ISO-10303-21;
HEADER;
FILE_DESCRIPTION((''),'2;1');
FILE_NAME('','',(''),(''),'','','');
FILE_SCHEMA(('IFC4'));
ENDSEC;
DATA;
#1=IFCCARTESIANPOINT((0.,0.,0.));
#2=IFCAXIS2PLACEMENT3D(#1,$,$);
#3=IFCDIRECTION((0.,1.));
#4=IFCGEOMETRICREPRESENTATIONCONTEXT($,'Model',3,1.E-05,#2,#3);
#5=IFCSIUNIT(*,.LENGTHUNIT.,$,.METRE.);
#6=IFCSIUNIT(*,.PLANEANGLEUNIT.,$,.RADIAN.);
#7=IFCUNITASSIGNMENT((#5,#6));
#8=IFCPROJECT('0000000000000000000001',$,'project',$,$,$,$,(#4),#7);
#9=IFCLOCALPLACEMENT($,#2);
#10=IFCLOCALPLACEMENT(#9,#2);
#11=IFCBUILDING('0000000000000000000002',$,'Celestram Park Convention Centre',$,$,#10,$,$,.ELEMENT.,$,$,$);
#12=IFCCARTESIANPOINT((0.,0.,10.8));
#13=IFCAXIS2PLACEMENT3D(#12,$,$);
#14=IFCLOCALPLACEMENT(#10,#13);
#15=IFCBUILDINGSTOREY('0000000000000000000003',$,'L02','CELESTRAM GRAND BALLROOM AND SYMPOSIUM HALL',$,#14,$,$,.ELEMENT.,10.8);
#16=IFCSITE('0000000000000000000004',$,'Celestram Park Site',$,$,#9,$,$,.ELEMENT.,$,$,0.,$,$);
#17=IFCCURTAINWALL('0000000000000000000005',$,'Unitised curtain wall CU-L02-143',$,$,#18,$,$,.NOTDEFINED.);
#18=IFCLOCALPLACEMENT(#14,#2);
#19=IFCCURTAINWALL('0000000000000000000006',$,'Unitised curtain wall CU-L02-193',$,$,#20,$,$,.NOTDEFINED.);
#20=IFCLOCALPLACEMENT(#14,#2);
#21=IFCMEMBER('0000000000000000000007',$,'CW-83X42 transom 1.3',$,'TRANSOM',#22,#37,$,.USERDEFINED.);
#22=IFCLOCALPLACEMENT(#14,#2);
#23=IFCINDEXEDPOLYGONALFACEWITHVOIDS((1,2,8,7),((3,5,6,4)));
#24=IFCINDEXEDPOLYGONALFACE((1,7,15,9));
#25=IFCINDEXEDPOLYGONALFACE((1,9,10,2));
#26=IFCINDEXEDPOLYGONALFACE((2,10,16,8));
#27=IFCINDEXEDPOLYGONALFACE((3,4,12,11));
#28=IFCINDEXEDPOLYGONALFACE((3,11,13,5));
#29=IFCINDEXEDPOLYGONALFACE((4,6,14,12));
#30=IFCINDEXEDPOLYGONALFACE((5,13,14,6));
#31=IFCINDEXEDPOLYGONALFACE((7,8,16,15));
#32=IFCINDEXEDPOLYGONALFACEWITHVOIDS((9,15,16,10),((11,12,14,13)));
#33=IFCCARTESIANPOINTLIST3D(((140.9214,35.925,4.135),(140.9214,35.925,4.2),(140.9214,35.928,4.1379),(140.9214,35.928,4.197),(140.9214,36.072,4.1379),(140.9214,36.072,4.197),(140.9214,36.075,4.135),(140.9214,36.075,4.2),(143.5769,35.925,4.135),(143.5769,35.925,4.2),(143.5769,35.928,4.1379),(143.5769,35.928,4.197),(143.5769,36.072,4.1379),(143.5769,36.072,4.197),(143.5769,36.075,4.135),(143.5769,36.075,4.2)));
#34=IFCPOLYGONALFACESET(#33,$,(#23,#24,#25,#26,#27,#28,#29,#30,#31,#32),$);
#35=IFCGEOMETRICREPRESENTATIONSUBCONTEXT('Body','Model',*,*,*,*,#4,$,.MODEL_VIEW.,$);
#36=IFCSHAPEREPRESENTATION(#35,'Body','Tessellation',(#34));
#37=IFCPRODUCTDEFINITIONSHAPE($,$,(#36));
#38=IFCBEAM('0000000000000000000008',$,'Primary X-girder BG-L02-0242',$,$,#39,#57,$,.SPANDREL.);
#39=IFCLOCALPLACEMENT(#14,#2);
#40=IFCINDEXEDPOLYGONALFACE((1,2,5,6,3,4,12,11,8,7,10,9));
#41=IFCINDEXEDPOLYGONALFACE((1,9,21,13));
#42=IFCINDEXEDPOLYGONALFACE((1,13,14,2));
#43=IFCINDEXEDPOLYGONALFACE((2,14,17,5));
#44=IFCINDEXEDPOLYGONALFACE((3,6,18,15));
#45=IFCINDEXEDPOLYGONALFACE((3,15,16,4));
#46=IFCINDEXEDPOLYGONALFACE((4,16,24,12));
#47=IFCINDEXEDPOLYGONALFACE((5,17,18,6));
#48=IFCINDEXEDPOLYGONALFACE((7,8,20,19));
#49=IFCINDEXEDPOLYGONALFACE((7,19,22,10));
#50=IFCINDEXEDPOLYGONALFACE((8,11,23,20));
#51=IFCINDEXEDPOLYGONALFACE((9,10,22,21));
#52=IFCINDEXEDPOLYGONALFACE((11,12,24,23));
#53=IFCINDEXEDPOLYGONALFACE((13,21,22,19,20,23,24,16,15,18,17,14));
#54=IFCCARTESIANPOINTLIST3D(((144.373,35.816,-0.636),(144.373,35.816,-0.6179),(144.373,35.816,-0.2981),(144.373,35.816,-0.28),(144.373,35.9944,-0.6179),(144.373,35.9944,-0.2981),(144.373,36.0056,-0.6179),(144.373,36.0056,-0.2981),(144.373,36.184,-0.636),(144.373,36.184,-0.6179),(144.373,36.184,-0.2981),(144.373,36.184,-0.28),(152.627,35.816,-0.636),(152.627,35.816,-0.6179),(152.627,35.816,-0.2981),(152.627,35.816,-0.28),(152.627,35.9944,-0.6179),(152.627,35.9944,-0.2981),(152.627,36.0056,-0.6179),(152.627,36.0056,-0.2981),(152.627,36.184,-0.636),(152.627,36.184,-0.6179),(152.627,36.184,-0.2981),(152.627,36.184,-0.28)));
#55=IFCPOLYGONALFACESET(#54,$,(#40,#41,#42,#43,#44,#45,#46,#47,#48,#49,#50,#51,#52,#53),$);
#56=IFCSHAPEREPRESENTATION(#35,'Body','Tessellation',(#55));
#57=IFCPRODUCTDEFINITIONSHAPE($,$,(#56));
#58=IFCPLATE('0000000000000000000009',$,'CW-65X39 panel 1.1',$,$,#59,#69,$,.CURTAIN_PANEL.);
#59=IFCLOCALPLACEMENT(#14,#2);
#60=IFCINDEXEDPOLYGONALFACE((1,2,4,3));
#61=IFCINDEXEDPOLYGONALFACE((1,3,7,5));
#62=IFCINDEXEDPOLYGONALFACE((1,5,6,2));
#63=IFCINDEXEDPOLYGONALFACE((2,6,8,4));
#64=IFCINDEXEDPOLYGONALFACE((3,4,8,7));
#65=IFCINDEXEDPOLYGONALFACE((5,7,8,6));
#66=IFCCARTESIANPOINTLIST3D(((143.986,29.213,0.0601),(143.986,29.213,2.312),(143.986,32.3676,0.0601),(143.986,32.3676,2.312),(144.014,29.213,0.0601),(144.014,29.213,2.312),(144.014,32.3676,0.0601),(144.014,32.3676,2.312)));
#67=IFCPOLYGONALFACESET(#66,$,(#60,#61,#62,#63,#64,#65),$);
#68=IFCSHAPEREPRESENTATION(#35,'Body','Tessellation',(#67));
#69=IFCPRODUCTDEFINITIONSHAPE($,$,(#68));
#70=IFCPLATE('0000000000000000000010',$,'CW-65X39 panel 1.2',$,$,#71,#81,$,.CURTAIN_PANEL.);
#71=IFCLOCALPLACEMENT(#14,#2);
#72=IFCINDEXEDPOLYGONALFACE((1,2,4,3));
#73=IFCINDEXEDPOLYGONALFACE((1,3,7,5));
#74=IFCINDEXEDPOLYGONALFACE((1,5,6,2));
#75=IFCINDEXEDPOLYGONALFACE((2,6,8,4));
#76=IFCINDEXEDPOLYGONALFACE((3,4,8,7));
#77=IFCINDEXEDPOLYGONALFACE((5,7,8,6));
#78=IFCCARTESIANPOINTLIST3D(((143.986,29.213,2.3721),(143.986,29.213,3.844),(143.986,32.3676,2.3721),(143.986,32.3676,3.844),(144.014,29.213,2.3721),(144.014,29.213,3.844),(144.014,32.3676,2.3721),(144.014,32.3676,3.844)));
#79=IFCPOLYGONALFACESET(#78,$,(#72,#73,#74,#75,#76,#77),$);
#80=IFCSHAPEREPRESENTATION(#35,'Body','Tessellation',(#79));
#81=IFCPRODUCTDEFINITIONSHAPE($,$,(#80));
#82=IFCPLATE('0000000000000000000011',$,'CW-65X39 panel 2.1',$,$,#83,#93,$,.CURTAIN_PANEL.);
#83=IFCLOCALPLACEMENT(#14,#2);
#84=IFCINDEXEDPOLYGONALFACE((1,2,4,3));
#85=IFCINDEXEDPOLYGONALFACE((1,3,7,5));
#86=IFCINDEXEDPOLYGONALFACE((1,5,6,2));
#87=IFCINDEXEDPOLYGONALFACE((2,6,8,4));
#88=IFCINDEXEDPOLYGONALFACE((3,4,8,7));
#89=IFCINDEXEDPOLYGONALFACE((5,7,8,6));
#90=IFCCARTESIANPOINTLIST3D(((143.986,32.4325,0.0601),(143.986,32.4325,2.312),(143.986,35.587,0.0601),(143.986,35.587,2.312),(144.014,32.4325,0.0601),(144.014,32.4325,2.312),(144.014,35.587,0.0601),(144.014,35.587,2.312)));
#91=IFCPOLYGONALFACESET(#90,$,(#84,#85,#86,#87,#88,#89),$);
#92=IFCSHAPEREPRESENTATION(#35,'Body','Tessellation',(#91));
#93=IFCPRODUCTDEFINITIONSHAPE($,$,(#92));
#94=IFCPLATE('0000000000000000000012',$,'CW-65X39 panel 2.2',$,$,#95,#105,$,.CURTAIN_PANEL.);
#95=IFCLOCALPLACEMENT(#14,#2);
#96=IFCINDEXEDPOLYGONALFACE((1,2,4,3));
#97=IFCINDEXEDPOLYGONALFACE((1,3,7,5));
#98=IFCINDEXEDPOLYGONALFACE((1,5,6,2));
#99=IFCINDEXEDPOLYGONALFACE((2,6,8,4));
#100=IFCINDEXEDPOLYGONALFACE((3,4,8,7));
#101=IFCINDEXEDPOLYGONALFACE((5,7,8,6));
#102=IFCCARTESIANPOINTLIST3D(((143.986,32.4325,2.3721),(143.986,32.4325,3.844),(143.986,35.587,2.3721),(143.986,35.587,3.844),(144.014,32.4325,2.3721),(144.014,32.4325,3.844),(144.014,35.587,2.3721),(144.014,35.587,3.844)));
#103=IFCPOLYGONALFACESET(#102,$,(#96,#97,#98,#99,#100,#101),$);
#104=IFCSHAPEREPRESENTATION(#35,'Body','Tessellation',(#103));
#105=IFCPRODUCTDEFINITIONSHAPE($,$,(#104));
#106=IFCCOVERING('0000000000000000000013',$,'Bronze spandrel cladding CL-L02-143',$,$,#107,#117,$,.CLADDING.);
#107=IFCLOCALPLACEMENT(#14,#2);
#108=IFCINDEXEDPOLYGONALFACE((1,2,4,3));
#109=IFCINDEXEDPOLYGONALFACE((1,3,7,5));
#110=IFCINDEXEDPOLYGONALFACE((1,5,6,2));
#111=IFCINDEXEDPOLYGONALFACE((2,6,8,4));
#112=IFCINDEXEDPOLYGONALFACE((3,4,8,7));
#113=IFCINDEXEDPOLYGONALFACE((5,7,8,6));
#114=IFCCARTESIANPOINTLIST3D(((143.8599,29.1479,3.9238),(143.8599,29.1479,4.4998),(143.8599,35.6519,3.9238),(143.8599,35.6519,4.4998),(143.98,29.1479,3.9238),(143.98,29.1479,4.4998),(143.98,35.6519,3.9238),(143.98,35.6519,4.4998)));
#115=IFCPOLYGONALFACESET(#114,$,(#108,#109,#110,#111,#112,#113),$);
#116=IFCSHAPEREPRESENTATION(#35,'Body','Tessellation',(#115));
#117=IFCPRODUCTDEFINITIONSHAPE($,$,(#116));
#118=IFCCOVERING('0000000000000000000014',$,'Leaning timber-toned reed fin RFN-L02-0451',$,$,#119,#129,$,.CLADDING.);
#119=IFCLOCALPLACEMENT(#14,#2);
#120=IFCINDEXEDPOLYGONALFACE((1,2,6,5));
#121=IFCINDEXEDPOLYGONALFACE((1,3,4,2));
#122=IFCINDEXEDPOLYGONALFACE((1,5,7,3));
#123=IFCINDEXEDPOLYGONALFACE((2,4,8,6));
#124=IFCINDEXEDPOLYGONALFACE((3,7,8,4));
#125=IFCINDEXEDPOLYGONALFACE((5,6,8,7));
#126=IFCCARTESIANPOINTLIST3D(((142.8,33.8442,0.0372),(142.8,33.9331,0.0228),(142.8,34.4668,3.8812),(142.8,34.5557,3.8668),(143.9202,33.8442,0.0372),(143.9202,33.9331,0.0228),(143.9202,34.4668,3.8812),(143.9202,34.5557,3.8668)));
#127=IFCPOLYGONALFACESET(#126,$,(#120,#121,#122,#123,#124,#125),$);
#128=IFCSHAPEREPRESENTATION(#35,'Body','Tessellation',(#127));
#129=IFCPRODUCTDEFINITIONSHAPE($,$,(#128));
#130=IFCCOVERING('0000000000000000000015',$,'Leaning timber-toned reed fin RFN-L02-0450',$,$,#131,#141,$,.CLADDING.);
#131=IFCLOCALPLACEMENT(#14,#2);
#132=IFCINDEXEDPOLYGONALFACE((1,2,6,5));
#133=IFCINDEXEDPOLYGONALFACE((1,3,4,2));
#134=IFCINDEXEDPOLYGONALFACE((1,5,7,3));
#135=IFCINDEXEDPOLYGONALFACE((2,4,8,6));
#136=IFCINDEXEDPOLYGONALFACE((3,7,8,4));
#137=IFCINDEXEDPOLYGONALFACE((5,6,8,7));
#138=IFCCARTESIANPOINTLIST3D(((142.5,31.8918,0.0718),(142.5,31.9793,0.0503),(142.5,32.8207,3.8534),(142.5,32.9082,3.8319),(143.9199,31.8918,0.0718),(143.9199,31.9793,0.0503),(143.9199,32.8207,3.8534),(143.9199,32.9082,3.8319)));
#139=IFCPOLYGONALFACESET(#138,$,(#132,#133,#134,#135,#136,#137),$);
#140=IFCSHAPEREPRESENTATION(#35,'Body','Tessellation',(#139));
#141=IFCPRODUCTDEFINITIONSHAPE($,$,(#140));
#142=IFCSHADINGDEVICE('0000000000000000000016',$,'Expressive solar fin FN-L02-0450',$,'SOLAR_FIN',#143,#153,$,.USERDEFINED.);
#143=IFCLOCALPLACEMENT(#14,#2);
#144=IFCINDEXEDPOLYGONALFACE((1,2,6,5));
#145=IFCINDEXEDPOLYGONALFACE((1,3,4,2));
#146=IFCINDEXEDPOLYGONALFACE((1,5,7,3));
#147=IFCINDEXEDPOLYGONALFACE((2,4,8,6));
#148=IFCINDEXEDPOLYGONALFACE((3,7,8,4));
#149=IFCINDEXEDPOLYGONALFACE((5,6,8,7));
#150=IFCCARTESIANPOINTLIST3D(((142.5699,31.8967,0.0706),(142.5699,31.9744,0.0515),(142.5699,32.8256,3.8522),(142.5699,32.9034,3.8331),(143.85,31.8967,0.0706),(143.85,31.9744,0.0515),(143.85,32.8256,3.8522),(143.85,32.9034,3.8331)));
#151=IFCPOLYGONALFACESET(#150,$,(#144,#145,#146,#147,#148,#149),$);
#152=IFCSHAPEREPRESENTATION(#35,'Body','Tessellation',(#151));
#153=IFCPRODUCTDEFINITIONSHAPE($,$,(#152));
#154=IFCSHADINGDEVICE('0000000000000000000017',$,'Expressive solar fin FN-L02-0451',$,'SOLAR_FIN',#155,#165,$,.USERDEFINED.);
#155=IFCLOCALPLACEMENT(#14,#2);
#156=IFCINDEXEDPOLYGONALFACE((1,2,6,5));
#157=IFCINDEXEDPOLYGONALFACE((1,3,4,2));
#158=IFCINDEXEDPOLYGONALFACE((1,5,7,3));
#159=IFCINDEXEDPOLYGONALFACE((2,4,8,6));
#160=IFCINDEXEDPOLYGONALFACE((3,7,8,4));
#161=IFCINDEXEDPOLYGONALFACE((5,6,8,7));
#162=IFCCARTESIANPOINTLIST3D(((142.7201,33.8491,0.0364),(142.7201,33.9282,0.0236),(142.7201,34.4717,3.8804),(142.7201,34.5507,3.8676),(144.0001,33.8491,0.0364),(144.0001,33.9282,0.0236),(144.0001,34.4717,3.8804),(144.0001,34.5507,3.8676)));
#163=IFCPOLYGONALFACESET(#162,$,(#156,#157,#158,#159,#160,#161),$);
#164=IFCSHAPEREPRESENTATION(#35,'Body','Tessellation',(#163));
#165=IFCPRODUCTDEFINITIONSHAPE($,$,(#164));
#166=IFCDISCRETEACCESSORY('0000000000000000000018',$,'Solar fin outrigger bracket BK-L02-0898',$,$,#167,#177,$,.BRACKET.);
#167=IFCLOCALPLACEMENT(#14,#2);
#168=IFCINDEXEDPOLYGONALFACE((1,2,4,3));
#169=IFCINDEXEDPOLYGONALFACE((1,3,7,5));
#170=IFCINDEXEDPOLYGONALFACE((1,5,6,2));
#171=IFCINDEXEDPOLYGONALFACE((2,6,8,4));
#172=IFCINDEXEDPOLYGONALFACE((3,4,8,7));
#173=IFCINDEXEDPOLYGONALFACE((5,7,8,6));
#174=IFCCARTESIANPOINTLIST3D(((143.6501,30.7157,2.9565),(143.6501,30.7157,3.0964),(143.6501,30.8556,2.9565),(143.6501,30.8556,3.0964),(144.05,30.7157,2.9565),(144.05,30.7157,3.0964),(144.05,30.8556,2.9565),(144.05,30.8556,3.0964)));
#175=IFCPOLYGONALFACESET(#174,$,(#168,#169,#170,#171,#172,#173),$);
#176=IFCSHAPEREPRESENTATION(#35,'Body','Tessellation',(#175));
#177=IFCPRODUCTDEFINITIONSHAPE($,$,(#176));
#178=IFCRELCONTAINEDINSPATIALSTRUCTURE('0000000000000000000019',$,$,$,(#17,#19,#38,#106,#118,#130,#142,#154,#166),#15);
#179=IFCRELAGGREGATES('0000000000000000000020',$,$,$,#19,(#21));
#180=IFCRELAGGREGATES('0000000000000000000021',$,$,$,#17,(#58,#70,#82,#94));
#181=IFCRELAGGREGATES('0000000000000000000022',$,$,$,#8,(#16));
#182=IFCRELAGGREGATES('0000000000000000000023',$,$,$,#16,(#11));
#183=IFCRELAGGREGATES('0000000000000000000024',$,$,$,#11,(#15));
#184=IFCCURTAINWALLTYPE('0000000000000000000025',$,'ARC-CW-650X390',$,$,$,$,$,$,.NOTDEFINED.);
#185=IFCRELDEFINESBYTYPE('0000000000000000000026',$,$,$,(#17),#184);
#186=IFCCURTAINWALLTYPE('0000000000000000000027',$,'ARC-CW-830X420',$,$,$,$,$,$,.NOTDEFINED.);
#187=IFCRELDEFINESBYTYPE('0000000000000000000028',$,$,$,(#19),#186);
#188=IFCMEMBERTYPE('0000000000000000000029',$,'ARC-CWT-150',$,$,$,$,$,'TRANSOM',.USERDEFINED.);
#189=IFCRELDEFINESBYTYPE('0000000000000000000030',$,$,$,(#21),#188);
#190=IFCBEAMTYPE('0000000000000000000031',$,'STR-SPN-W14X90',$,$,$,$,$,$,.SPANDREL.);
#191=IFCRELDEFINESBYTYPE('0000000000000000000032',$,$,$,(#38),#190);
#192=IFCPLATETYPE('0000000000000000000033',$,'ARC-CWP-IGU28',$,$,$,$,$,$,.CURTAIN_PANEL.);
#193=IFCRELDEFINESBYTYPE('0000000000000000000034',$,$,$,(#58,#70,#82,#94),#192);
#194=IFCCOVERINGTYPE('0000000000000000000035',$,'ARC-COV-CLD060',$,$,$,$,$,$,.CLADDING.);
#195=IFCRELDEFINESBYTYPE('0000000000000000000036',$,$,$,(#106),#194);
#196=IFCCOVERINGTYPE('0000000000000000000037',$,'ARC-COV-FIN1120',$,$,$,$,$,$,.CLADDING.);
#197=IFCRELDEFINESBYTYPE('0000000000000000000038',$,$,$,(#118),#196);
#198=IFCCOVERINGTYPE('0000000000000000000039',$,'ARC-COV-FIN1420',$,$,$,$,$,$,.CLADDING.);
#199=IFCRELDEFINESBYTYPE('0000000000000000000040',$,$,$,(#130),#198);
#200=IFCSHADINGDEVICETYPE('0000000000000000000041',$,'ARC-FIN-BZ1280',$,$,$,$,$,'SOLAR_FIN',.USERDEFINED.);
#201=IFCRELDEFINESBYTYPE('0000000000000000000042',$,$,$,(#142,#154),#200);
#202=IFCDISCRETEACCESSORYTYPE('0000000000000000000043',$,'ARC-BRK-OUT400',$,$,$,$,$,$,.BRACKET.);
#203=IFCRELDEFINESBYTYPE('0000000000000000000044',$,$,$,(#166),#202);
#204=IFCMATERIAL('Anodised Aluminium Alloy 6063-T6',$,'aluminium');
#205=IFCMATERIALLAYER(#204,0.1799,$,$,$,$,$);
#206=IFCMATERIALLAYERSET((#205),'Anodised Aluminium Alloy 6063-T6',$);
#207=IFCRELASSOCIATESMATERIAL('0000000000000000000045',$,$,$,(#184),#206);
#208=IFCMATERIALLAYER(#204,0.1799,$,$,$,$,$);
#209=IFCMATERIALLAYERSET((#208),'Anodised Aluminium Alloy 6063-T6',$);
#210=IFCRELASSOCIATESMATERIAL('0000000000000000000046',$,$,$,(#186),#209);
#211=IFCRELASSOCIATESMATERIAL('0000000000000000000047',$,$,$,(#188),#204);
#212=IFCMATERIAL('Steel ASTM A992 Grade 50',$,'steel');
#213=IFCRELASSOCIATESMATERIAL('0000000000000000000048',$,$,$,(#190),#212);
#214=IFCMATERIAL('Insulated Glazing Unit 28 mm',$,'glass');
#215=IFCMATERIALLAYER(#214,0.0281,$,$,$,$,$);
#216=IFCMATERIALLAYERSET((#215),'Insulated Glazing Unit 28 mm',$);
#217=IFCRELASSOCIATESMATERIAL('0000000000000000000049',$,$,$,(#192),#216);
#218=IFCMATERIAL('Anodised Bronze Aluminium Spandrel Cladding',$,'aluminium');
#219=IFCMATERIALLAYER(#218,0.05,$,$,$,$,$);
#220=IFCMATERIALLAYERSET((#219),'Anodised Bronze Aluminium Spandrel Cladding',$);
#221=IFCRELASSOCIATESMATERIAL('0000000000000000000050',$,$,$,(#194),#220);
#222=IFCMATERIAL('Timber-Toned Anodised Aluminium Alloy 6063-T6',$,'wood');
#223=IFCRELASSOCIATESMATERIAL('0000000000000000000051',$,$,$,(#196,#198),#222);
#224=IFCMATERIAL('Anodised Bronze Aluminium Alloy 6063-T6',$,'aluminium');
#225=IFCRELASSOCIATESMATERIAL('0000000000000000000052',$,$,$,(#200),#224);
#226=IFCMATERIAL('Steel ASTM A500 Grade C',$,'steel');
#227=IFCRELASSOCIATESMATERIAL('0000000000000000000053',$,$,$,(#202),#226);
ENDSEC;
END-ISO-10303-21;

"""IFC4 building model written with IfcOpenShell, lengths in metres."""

from ifc_helpers import new_model, si_unit, direction, frame, origin, origin_2d, place, context, subcontext, project, spatial, rectangle, hollow_rectangle, i_section, extrude, material, layer, layer_set, material_profile, profile_set, type_object, element, aggregate, save


model = new_model("IFC4")

# Units and contexts
model_context = context("Model", 3, precision=1e-05, world=origin(), true_north=direction((0.0, 1.0)))
body_context = subcontext(model_context, "Body", "Model", "MODEL_VIEW")
ifc_project = project(units=[si_unit("LENGTHUNIT", "METRE"), si_unit("PLANEANGLEUNIT", "RADIAN")], contexts=[model_context])

# Site, building, storey
site_placement = place(None, origin())
site = spatial("IfcSite", under=ifc_project, at=site_placement, Name="Celestram Park Site", CompositionType="ELEMENT", RefElevation=0.0)
building_placement = place(site_placement, origin())
building = spatial("IfcBuilding", under=site, at=building_placement, Name="Celestram Park Convention Centre", CompositionType="ELEMENT")
storey_placement = place(building_placement, frame((0.0, 0.0, 10.8)))
storey = spatial("IfcBuildingStorey", under=building, at=storey_placement, Name="L02", Description="CELESTRAM GRAND BALLROOM AND SYMPOSIUM HALL", CompositionType="ELEMENT", Elevation=10.8)

# Curtain wall
ifc_material_1 = material(Name="Anodised Aluminium Alloy 6063-T6", Category="aluminium")
ifc_layer_1 = layer(ifc_material_1, 0.1799)
ifc_layer_set_1 = layer_set([ifc_layer_1], Name="Anodised Aluminium Alloy 6063-T6")
curtain_wall_type_1 = type_object("IfcCurtainWallType", Name="ARC-CW-650X390", PredefinedType="NOTDEFINED", material=ifc_layer_set_1)
curtain_wall_1_placement = place(storey_placement, origin())
curtain_wall_1 = element("IfcCurtainWall", 1, at=curtain_wall_1_placement, inside=storey, type_object=curtain_wall_type_1, Name="Unitised curtain wall CU-L02-143", PredefinedType="NOTDEFINED")

# Curtain wall
ifc_layer_2 = layer(ifc_material_1, 0.1799)
ifc_layer_set_2 = layer_set([ifc_layer_2], Name="Anodised Aluminium Alloy 6063-T6")
curtain_wall_type_2 = type_object("IfcCurtainWallType", Name="ARC-CW-830X420", PredefinedType="NOTDEFINED", material=ifc_layer_set_2)
curtain_wall_2_placement = place(storey_placement, origin())
curtain_wall_2 = element("IfcCurtainWall", 2, at=curtain_wall_2_placement, inside=storey, type_object=curtain_wall_type_2, Name="Unitised curtain wall CU-L02-193", PredefinedType="NOTDEFINED")

# Member
ifc_material_profile_1 = material_profile(ifc_material_1, hollow_rectangle(XDim=0.1499, YDim=0.0649, WallThickness=0.0029, at=origin_2d()), Name="ALU150X65X3")
ifc_profile_set_1 = profile_set([ifc_material_profile_1], Name="Anodised Aluminium Alloy 6063-T6")
member_type_1 = type_object("IfcMemberType", Name="ARC-CWT-150", ElementType="TRANSOM", PredefinedType="USERDEFINED", material=ifc_profile_set_1)
member_1_placement = place(storey_placement, frame((143.5769, 36.0, 4.1675), z_axis=(-1.0, 0.0, 0.0), x_axis=(0.0, -1.0, 0.0)))
member_1 = element("IfcMember", 3, at=member_1_placement, type_object=member_type_1, Name="CW-83X42 transom 1.3", ObjectType="TRANSOM", PredefinedType="USERDEFINED", context=body_context, shape_type="SweptSolid", body=[
    extrude(hollow_rectangle(XDim=0.1499, YDim=0.0649, WallThickness=0.0029, at=origin_2d()), origin(), (0.0, 0.0, 1.0), 2.6555),
])
aggregate(curtain_wall_2, [member_1])

# Beam
ifc_material_2 = material(Name="Steel ASTM A992 Grade 50", Category="steel")
ifc_material_profile_2 = material_profile(ifc_material_2, i_section(OverallWidth=0.3679, OverallDepth=0.356, WebThickness=0.0112, FlangeThickness=0.0181, at=origin_2d()), Name="W14X90")
ifc_profile_set_2 = profile_set([ifc_material_profile_2], Name="Steel ASTM A992 Grade 50")
beam_type = type_object("IfcBeamType", Name="STR-SPN-W14X90", PredefinedType="SPANDREL", material=ifc_profile_set_2)
beam_placement = place(storey_placement, frame((144.373, 36.0, -0.458), z_axis=(1.0, 0.0, 0.0), x_axis=(0.0, 1.0, 0.0)))
element("IfcBeam", 4, at=beam_placement, inside=storey, type_object=beam_type, Name="Primary X-girder BG-L02-0242", PredefinedType="SPANDREL", context=body_context, shape_type="SweptSolid", body=[
    extrude(i_section(OverallWidth=0.3679, OverallDepth=0.356, WebThickness=0.0112, FlangeThickness=0.0181, at=origin_2d()), origin(), (0.0, 0.0, 1.0), 8.2539),
])

# Plates
ifc_material_3 = material(Name="Insulated Glazing Unit 28 mm", Category="glass")
ifc_layer_3 = layer(ifc_material_3, 0.0281)
ifc_layer_set_3 = layer_set([ifc_layer_3], Name="Insulated Glazing Unit 28 mm")
plate_type = type_object("IfcPlateType", Name="ARC-CWP-IGU28", PredefinedType="CURTAIN_PANEL", material=ifc_layer_set_3)
plate_1_placement = place(storey_placement, frame((144.0, 30.7903, 0.0601), z_axis=(0.0, 0.0, 1.0), x_axis=(0.0, 1.0, 0.0)))
plate_1 = element("IfcPlate", 5, at=plate_1_placement, type_object=plate_type, Name="CW-65X39 panel 1.1", PredefinedType="CURTAIN_PANEL", context=body_context, shape_type="SweptSolid", body=[
    extrude(rectangle(XDim=3.1545, YDim=0.0281, at=origin_2d()), origin(), (0.0, 0.0, 1.0), 2.252),
])
plate_2_placement = place(storey_placement, frame((144.0, 30.7903, 2.3721), z_axis=(0.0, 0.0, 1.0), x_axis=(0.0, 1.0, 0.0)))
plate_2 = element("IfcPlate", 6, at=plate_2_placement, type_object=plate_type, Name="CW-65X39 panel 1.2", PredefinedType="CURTAIN_PANEL", context=body_context, shape_type="SweptSolid", body=[
    extrude(rectangle(XDim=3.1545, YDim=0.0281, at=origin_2d()), origin(), (0.0, 0.0, 1.0), 1.4719),
])
plate_3_placement = place(storey_placement, frame((144.0, 34.0098, 0.0601), z_axis=(0.0, 0.0, 1.0), x_axis=(0.0, 1.0, 0.0)))
plate_3 = element("IfcPlate", 7, at=plate_3_placement, type_object=plate_type, Name="CW-65X39 panel 2.1", PredefinedType="CURTAIN_PANEL", context=body_context, shape_type="SweptSolid", body=[
    extrude(rectangle(XDim=3.1545, YDim=0.0281, at=origin_2d()), origin(), (0.0, 0.0, 1.0), 2.252),
])
plate_4_placement = place(storey_placement, frame((144.0, 34.0098, 2.3721), z_axis=(0.0, 0.0, 1.0), x_axis=(0.0, 1.0, 0.0)))
plate_4 = element("IfcPlate", 8, at=plate_4_placement, type_object=plate_type, Name="CW-65X39 panel 2.2", PredefinedType="CURTAIN_PANEL", context=body_context, shape_type="SweptSolid", body=[
    extrude(rectangle(XDim=3.1545, YDim=0.0281, at=origin_2d()), origin(), (0.0, 0.0, 1.0), 1.4719),
])
aggregate(curtain_wall_1, [plate_1, plate_2, plate_3, plate_4])

# Coverings
ifc_material_4 = material(Name="Anodised Bronze Aluminium Spandrel Cladding", Category="aluminium")
ifc_layer_4 = layer(ifc_material_4, 0.05)
ifc_layer_set_4 = layer_set([ifc_layer_4], Name="Anodised Bronze Aluminium Spandrel Cladding")
covering_type_1 = type_object("IfcCoveringType", Name="ARC-COV-CLD060", PredefinedType="CLADDING", material=ifc_layer_set_4)
covering_1_placement = place(storey_placement, frame((143.9199, 32.3999, 3.9238), z_axis=(0.0, 0.0, 1.0), x_axis=(0.0, 1.0, 0.0)))
element("IfcCovering", 9, at=covering_1_placement, inside=storey, type_object=covering_type_1, Name="Bronze spandrel cladding CL-L02-143", PredefinedType="CLADDING", context=body_context, shape_type="SweptSolid", body=[
    extrude(rectangle(XDim=6.5039, YDim=0.1201, at=origin_2d()), origin(), (0.0, 0.0, 1.0), 0.5759),
])
ifc_material_5 = material(Name="Timber-Toned Anodised Aluminium Alloy 6063-T6", Category="wood")
ifc_material_profile_3 = material_profile(ifc_material_5, rectangle(XDim=1.1201, YDim=0.0901, at=origin_2d()), Name="REED1120X90")
ifc_profile_set_3 = profile_set([ifc_material_profile_3], Name="Timber-Toned Anodised Aluminium Alloy 6063-T6")
covering_type_2 = type_object("IfcCoveringType", Name="ARC-COV-FIN1120", PredefinedType="CLADDING", material=ifc_profile_set_3)
covering_2_placement = place(storey_placement, frame((143.3601, 33.8887, 0.03), z_axis=(0.0, 0.159873, 0.987138), x_axis=(-1.0, 0.0, 0.0)))
element("IfcCovering", 10, at=covering_2_placement, inside=storey, type_object=covering_type_2, Name="Leaning timber-toned reed fin RFN-L02-0451", PredefinedType="CLADDING", context=body_context, shape_type="SweptSolid", body=[
    extrude(rectangle(XDim=1.1201, YDim=0.0901, at=origin_2d()), origin(), (0.0, 0.0, 1.0), 3.894),
])
ifc_material_profile_4 = material_profile(ifc_material_5, rectangle(XDim=1.4199, YDim=0.0901, at=origin_2d()), Name="REED1420X90")
ifc_profile_set_4 = profile_set([ifc_material_profile_4], Name="Timber-Toned Anodised Aluminium Alloy 6063-T6")
covering_type_3 = type_object("IfcCoveringType", Name="ARC-COV-FIN1420", PredefinedType="CLADDING", material=ifc_profile_set_4)
covering_3_placement = place(storey_placement, frame((143.21, 31.9355, 0.061), z_axis=(0.0, 0.238551, 0.97113), x_axis=(-1.0, 0.0, 0.0)))
element("IfcCovering", 11, at=covering_3_placement, inside=storey, type_object=covering_type_3, Name="Leaning timber-toned reed fin RFN-L02-0450", PredefinedType="CLADDING", context=body_context, shape_type="SweptSolid", body=[
    extrude(rectangle(XDim=1.4199, YDim=0.0901, at=origin_2d()), origin(), (0.0, 0.0, 1.0), 3.894),
])

# Shading devices
ifc_material_6 = material(Name="Anodised Bronze Aluminium Alloy 6063-T6", Category="aluminium")
ifc_material_profile_5 = material_profile(ifc_material_6, rectangle(XDim=1.28, YDim=0.0801, at=origin_2d()), Name="FIN1280X80")
ifc_profile_set_5 = profile_set([ifc_material_profile_5], Name="Anodised Bronze Aluminium Alloy 6063-T6")
shading_device_type = type_object("IfcShadingDeviceType", Name="ARC-FIN-BZ1280", ElementType="SOLAR_FIN", PredefinedType="USERDEFINED", material=ifc_profile_set_5)
for number, where, z_axis, x_axis, name in (
    (12, (143.21, 31.9355, 0.061), (0.0, 0.238551, 0.97113), (-1.0, 0.0, 0.0), "Expressive solar fin FN-L02-0450"),
    (13, (143.3601, 33.8887, 0.03), (0.0, 0.159873, 0.987138), (-1.0, 0.0, 0.0), "Expressive solar fin FN-L02-0451"),
):
    element("IfcShadingDevice", number, at=place(storey_placement, frame(where, z_axis=z_axis, x_axis=x_axis)), inside=storey, type_object=shading_device_type, Name=name, ObjectType="SOLAR_FIN", PredefinedType="USERDEFINED", context=body_context, shape_type="SweptSolid", body=[
        extrude(rectangle(XDim=1.28, YDim=0.0801, at=origin_2d()), origin(), (0.0, 0.0, 1.0), 3.894),
    ])

# Discrete accessory
ifc_material_7 = material(Name="Steel ASTM A500 Grade C", Category="steel")
discrete_accessory_type = type_object("IfcDiscreteAccessoryType", Name="ARC-BRK-OUT400", PredefinedType="BRACKET", material=ifc_material_7)
for number, where, z_axis, x_axis, name in (
    (14, (143.8501, 30.7856, 2.9565), (0.0, 0.0, 1.0), (-1.0, 0.0, 0.0), "Solar fin outrigger bracket BK-L02-0898"),
):
    element("IfcDiscreteAccessory", number, at=place(storey_placement, frame(where, z_axis=z_axis, x_axis=x_axis)), inside=storey, type_object=discrete_accessory_type, Name=name, PredefinedType="BRACKET", context=body_context, shape_type="SweptSolid", body=[
        extrude(rectangle(XDim=0.3999, YDim=0.1399, at=origin_2d()), origin(), (0.0, 0.0, 1.0), 0.1399),
    ])

save(model, "model.ifc")
